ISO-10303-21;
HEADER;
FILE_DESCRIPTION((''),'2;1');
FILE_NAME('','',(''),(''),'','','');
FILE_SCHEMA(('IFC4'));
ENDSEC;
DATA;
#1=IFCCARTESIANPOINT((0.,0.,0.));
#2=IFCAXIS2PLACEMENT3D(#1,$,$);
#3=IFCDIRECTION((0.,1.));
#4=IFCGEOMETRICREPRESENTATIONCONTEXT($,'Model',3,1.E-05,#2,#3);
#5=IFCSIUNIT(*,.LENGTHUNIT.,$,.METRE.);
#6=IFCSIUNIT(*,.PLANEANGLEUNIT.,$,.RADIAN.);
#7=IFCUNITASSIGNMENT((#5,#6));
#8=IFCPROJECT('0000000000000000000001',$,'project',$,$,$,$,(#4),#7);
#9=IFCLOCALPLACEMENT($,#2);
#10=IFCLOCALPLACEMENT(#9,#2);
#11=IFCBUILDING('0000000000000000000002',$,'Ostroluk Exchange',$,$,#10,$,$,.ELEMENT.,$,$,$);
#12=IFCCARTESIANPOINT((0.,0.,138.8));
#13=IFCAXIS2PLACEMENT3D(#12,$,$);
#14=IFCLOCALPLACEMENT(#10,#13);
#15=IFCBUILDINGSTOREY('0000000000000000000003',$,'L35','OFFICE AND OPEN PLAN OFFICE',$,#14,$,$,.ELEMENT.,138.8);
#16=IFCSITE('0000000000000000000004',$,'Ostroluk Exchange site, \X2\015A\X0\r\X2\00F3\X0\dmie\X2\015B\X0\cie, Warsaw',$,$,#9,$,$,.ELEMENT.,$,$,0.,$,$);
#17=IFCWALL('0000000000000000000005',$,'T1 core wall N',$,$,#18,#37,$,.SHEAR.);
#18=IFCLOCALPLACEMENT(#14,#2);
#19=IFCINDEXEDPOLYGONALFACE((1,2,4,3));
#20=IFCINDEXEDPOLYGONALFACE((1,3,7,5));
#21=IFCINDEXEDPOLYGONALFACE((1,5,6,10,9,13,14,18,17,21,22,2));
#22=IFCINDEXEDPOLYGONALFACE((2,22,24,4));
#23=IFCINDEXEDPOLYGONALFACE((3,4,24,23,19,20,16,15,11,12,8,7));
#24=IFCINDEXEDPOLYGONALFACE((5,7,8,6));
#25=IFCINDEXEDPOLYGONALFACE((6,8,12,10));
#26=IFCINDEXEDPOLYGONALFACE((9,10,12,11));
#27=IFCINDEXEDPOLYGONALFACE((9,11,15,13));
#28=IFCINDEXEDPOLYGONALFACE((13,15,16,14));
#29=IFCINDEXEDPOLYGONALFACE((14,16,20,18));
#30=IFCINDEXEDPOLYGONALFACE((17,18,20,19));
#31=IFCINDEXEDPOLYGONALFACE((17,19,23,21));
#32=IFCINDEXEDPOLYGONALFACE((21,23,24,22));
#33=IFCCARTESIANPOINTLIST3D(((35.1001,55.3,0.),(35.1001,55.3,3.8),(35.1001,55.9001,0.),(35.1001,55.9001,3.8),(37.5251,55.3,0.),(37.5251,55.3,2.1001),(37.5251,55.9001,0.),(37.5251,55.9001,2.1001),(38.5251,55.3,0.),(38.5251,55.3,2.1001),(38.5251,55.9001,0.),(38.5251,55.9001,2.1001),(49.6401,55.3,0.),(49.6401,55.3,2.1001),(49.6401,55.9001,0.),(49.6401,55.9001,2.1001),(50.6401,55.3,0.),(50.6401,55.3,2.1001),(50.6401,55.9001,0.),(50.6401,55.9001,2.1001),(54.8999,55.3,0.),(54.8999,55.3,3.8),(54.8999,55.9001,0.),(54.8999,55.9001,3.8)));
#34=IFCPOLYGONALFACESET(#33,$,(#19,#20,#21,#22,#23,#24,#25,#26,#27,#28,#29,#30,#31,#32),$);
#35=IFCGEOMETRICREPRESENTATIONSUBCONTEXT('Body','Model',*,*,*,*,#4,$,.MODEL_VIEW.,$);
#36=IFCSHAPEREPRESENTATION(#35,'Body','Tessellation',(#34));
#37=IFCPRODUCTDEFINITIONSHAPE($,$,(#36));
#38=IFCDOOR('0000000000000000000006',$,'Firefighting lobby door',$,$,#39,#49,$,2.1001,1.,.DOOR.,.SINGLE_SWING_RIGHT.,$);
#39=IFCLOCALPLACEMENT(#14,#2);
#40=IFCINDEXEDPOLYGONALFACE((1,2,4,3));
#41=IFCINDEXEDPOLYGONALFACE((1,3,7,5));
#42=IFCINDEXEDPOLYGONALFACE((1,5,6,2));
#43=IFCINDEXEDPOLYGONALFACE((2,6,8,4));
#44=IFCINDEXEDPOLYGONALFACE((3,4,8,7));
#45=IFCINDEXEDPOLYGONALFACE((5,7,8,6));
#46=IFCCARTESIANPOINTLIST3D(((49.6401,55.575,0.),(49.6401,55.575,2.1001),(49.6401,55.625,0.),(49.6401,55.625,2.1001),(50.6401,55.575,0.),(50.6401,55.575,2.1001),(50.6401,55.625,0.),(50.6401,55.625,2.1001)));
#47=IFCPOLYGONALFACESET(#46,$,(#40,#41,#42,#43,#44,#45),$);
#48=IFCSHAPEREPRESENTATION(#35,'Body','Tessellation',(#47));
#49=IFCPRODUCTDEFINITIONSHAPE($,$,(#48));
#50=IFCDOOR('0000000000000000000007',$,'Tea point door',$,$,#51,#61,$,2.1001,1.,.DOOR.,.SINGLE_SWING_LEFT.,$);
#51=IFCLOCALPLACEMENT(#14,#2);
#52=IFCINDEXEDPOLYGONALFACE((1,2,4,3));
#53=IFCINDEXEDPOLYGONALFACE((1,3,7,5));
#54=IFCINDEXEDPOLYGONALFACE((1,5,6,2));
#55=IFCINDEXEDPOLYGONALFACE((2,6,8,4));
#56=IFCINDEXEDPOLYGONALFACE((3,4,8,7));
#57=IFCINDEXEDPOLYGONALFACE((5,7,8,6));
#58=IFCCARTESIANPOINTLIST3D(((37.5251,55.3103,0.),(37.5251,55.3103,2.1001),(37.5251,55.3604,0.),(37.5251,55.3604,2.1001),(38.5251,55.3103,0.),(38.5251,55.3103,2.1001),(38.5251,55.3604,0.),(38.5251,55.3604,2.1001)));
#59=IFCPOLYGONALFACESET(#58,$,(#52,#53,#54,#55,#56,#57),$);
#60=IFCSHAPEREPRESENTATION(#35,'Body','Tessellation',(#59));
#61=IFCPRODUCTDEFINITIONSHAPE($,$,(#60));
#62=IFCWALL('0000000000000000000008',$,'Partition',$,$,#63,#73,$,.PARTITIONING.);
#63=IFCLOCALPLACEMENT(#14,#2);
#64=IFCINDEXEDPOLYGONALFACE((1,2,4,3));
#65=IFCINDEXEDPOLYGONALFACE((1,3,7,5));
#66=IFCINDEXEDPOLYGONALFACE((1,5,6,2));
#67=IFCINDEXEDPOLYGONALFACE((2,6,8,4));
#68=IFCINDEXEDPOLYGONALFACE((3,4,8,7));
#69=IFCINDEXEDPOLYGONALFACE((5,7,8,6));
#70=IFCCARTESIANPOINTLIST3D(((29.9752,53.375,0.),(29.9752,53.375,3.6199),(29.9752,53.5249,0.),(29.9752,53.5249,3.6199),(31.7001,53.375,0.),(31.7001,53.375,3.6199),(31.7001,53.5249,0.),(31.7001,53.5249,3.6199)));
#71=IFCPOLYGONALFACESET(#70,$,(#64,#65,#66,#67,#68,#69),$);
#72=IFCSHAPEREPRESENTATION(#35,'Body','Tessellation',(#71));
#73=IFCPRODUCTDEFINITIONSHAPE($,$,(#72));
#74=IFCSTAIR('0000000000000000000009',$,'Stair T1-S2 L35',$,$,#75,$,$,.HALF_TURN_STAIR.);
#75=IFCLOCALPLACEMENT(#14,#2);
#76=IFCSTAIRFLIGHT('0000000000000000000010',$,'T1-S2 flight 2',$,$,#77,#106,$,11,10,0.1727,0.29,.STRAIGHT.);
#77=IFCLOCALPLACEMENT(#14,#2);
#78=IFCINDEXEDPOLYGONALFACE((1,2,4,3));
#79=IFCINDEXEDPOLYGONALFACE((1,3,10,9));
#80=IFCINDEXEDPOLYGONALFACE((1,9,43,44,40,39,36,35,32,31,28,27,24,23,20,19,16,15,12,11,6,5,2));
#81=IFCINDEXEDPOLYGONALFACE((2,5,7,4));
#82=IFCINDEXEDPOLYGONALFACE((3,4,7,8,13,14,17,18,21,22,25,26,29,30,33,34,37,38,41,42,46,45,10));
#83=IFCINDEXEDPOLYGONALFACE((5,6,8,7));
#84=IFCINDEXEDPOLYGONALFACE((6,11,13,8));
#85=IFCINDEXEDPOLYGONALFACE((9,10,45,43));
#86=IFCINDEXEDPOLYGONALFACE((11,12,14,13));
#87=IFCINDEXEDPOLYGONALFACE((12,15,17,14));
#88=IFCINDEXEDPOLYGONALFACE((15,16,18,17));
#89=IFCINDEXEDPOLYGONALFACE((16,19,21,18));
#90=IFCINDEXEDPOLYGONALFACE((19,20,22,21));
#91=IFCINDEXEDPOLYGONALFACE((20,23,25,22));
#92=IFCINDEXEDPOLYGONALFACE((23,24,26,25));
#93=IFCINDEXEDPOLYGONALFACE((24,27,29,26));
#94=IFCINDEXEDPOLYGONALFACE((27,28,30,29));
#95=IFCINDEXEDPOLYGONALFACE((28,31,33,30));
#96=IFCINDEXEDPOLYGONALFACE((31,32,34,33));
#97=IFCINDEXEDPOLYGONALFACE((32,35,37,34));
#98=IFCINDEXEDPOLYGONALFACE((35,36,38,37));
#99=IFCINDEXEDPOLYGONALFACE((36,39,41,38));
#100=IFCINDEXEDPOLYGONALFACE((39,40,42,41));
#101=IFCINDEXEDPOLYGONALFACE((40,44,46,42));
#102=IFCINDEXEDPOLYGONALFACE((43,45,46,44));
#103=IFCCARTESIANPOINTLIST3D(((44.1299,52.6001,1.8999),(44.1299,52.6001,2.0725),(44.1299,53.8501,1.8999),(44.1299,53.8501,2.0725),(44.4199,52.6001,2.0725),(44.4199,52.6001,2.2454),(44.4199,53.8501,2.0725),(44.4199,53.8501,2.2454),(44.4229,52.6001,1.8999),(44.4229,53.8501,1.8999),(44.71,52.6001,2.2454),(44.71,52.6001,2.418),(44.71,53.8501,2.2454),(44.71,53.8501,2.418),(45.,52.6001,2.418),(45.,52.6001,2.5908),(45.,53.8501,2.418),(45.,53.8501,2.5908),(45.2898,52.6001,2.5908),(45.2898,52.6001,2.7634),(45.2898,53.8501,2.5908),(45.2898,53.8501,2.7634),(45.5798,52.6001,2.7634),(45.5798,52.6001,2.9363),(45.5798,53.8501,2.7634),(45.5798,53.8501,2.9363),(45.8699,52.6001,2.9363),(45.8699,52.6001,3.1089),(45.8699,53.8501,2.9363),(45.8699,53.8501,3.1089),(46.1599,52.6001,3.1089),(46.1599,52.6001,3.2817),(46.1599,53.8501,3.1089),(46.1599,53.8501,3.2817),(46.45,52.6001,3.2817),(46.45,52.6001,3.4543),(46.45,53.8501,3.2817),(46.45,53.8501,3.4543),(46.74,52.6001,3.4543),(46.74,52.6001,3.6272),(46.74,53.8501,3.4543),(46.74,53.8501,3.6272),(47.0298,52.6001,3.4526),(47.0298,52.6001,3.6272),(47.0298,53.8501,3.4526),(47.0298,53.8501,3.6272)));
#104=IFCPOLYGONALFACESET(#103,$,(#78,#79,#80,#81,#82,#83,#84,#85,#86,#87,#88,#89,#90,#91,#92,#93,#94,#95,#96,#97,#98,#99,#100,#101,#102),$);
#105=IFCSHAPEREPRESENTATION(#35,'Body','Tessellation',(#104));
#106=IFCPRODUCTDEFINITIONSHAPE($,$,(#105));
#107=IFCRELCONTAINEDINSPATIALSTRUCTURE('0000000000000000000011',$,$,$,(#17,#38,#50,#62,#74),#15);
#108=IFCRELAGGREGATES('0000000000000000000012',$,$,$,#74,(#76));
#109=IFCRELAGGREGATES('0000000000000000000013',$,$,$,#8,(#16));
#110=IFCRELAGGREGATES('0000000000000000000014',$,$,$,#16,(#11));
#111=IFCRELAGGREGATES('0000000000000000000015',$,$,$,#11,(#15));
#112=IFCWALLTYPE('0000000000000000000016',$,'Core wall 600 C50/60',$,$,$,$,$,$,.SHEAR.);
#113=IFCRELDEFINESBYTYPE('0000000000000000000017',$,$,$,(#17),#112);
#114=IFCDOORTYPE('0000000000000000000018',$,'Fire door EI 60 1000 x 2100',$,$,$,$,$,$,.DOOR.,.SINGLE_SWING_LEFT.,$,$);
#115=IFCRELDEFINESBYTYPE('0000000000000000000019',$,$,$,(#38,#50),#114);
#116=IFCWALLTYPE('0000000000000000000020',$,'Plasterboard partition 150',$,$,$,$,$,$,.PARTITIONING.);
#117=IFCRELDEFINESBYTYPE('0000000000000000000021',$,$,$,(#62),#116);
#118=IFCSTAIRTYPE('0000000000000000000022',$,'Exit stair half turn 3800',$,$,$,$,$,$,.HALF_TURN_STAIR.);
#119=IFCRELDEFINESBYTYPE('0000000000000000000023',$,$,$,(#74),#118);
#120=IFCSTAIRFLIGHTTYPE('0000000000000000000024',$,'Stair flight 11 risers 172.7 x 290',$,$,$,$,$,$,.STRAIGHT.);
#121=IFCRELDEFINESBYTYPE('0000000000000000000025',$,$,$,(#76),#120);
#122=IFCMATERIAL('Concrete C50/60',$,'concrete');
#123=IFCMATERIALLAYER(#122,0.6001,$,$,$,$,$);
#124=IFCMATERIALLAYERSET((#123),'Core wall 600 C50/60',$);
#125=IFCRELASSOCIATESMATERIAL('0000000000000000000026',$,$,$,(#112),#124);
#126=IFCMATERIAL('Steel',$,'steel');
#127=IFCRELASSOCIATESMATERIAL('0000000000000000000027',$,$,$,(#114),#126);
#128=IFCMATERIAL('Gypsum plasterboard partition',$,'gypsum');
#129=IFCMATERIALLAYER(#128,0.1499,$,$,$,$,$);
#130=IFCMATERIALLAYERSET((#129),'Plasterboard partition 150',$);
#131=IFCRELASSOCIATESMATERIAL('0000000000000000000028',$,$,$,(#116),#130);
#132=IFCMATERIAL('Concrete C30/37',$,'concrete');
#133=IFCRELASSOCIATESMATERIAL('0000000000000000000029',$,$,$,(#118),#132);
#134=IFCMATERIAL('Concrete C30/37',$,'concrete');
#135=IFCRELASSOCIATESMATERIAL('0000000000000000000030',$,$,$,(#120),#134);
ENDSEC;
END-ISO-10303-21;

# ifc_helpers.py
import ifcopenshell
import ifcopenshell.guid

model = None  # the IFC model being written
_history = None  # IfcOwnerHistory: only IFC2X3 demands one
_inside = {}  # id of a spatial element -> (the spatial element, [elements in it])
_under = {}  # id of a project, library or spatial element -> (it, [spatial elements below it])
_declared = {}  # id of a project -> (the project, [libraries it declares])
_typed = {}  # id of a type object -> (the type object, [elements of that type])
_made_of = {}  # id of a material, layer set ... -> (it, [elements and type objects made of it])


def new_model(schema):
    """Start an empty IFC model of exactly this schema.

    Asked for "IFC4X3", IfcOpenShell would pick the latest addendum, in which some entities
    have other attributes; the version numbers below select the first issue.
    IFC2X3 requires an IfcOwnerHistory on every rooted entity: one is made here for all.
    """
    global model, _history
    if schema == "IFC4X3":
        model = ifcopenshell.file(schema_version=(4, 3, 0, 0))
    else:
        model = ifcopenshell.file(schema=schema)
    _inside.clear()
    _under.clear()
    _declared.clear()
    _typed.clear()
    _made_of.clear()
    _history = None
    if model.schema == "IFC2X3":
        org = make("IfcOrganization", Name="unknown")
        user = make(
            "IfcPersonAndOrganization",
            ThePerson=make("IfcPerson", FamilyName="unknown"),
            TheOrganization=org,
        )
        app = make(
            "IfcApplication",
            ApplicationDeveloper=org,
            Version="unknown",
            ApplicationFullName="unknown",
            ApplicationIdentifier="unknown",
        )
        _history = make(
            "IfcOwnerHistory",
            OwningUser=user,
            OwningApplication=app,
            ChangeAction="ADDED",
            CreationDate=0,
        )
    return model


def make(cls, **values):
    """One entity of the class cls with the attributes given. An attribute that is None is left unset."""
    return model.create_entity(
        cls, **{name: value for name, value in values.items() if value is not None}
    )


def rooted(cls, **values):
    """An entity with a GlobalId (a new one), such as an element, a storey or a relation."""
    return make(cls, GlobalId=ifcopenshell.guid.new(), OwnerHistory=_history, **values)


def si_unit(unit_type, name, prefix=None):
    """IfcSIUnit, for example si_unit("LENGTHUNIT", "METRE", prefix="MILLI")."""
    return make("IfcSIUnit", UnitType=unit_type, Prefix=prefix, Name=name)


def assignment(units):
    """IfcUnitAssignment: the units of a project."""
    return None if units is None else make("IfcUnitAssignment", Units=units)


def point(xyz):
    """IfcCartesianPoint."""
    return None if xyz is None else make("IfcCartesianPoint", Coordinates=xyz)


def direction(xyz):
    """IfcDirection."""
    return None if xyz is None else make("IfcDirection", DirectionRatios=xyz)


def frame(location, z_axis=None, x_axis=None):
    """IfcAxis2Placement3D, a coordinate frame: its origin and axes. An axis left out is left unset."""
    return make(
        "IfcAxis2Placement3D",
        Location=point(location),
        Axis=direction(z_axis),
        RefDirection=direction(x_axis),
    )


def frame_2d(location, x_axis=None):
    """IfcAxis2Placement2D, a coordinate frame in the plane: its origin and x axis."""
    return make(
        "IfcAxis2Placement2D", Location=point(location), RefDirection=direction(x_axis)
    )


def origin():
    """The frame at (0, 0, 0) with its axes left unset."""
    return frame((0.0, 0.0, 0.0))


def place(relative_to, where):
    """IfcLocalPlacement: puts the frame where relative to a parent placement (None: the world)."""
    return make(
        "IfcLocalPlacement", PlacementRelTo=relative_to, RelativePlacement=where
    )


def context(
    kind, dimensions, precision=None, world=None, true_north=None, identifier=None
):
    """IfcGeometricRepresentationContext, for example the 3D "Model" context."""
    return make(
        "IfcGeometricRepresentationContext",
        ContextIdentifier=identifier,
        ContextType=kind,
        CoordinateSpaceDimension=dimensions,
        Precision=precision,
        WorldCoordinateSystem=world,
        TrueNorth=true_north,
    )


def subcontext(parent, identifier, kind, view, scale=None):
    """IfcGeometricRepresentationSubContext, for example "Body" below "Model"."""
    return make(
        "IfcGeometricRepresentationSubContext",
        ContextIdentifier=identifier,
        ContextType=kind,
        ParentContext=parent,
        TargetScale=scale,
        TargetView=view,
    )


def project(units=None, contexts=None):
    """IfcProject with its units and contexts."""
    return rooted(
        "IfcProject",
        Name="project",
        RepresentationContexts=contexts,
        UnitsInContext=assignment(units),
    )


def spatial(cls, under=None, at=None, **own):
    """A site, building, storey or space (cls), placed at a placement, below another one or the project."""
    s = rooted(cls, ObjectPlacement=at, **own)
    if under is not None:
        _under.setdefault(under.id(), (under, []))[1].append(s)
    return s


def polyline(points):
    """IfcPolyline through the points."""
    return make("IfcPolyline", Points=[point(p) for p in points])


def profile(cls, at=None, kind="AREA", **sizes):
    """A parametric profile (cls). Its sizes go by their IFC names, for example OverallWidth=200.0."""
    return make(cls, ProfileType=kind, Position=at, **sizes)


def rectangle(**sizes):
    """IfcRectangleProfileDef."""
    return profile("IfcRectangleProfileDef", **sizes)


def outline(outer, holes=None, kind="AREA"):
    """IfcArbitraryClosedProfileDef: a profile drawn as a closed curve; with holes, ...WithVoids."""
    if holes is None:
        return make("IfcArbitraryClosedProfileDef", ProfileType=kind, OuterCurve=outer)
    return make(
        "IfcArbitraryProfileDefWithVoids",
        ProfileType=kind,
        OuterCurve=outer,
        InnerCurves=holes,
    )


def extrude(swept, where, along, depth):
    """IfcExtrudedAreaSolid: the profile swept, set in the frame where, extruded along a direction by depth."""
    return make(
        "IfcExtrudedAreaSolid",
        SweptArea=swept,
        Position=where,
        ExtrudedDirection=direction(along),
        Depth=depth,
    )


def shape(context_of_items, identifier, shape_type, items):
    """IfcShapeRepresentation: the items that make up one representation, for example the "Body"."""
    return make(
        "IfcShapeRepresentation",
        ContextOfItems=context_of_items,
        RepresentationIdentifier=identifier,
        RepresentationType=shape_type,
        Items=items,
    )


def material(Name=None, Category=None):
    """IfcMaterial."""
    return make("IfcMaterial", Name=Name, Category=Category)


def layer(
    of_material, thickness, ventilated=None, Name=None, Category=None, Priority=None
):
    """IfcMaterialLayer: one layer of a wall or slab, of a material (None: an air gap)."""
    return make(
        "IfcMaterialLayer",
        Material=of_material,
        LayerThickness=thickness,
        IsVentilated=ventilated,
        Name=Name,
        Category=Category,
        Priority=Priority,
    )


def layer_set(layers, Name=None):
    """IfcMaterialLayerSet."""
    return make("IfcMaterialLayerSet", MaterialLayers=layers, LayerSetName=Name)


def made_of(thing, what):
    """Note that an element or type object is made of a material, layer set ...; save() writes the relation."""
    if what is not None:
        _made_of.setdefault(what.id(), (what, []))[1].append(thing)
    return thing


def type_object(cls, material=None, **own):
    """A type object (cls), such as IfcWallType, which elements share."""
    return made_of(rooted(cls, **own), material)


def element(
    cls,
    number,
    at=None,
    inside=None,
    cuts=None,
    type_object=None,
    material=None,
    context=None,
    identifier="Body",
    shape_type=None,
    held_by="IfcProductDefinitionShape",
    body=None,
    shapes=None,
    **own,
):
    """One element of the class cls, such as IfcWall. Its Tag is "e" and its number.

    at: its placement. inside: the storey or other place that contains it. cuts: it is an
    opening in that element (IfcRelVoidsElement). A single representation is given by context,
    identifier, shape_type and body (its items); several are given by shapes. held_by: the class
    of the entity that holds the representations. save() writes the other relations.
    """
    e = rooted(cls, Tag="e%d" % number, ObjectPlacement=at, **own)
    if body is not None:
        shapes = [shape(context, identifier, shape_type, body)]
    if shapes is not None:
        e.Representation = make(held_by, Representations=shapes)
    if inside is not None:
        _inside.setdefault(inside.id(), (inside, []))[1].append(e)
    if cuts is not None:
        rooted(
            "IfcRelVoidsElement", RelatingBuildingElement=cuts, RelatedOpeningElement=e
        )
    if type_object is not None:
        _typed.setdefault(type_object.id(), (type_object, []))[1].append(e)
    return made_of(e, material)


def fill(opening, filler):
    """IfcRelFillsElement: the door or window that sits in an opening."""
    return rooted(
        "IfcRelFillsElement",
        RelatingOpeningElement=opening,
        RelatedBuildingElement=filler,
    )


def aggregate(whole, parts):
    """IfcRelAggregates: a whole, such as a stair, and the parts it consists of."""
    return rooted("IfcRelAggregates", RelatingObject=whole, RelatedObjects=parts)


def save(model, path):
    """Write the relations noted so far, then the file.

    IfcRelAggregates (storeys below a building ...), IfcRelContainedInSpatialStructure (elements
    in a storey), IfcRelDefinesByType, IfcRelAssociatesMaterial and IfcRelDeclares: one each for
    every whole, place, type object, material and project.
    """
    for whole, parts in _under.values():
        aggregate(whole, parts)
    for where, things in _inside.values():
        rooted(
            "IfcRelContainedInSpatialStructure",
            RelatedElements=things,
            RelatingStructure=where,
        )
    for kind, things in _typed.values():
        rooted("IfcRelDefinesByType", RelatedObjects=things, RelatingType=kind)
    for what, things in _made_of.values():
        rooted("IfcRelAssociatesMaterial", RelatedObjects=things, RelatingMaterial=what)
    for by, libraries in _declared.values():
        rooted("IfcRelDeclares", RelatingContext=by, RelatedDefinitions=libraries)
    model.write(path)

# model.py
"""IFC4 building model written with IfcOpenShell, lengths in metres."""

from ifc_helpers import new_model, si_unit, direction, frame, frame_2d, origin, place, context, subcontext, project, spatial, polyline, rectangle, outline, extrude, material, layer, layer_set, type_object, element, fill, aggregate, save


model = new_model("IFC4")

# Units and contexts
model_context = context("Model", 3, precision=1e-05, world=origin(), true_north=direction((0.0, 1.0)))
body_context = subcontext(model_context, "Body", "Model", "MODEL_VIEW")
ifc_project = project(units=[si_unit("LENGTHUNIT", "METRE"), si_unit("PLANEANGLEUNIT", "RADIAN")], contexts=[model_context])

# Site, building, storey
site_placement = place(None, origin())
site = spatial("IfcSite", under=ifc_project, at=site_placement, Name="Ostroluk Exchange site, Śródmieście, Warsaw", CompositionType="ELEMENT", RefElevation=0.0)
building_placement = place(site_placement, origin())
building = spatial("IfcBuilding", under=site, at=building_placement, Name="Ostroluk Exchange", CompositionType="ELEMENT")
storey_placement = place(building_placement, frame((0.0, 0.0, 138.8)))
storey = spatial("IfcBuildingStorey", under=building, at=storey_placement, Name="L35", Description="OFFICE AND OPEN PLAN OFFICE", CompositionType="ELEMENT", Elevation=138.8)

# Wall, openings, doors
ifc_material_1 = material(Name="Concrete C50/60", Category="concrete")
ifc_layer_1 = layer(ifc_material_1, 0.6001)
ifc_layer_set_1 = layer_set([ifc_layer_1], Name="Core wall 600 C50/60")
wall_type_1 = type_object("IfcWallType", Name="Core wall 600 C50/60", PredefinedType="SHEAR", material=ifc_layer_set_1)
wall_1_placement = place(storey_placement, frame((35.1001, 55.6001, 0.0), z_axis=(0.0, 0.0, 1.0), x_axis=(1.0, 0.0, 0.0)))
wall_1 = element("IfcWall", 1, at=wall_1_placement, inside=storey, type_object=wall_type_1, Name="T1 core wall N", PredefinedType="SHEAR", context=body_context, shape_type="SweptSolid", body=[
    extrude(rectangle(XDim=19.7998, YDim=0.6001, at=frame_2d((9.8999, 0.0))), origin(), (0.0, 0.0, 1.0), 3.8),
])
opening_1_placement = place(wall_1_placement, frame((14.54, 0.0, 0.0)))
opening_1 = element("IfcOpeningElement", 2, at=opening_1_placement, cuts=wall_1, PredefinedType="OPENING", context=body_context, shape_type="SweptSolid", body=[
    extrude(rectangle(XDim=1.0, YDim=2.1001, at=frame_2d((0.5, 1.05))), frame((0.0, 0.3101, 0.0), z_axis=(0.0, -1.0, 0.0), x_axis=(1.0, 0.0, 0.0)), (0.0, 0.0, 1.0), 0.6201),
])
opening_2_placement = place(wall_1_placement, frame((2.425, 0.0, 0.0)))
opening_2 = element("IfcOpeningElement", 3, at=opening_2_placement, cuts=wall_1, PredefinedType="OPENING", context=body_context, shape_type="SweptSolid", body=[
    extrude(rectangle(XDim=1.0, YDim=2.1001, at=frame_2d((0.5, 1.05))), frame((0.0, 0.3101, 0.0), z_axis=(0.0, -1.0, 0.0), x_axis=(1.0, 0.0, 0.0)), (0.0, 0.0, 1.0), 0.6201),
])
ifc_material_2 = material(Name="Steel", Category="steel")
door_type_1 = type_object("IfcDoorType", Name="Fire door EI 60 1000 x 2100", OperationType="SINGLE_SWING_LEFT", PredefinedType="DOOR", material=ifc_material_2)
door_1_placement = place(opening_1_placement, origin())
door_1 = element("IfcDoor", 4, at=door_1_placement, inside=storey, type_object=door_type_1, Name="Firefighting lobby door", OperationType="SINGLE_SWING_RIGHT", OverallHeight=2.1001, OverallWidth=1.0, PredefinedType="DOOR", context=body_context, shape_type="SweptSolid", body=[
    extrude(rectangle(XDim=1.0, YDim=2.1001, at=frame_2d((0.5, 1.05))), frame((0.0, 0.0249, 0.0), z_axis=(0.0, -1.0, 0.0), x_axis=(1.0, 0.0, 0.0)), (0.0, 0.0, 1.0), 0.05),
])
fill(opening_1, door_1)
door_2_placement = place(opening_2_placement, origin())
door_2 = element("IfcDoor", 5, at=door_2_placement, inside=storey, type_object=door_type_1, Name="Tea point door", OperationType="SINGLE_SWING_LEFT", OverallHeight=2.1001, OverallWidth=1.0, PredefinedType="DOOR", context=body_context, shape_type="SweptSolid", body=[
    extrude(rectangle(XDim=1.0, YDim=2.1001, at=frame_2d((0.5, 1.05))), frame((0.0, -0.2397, 0.0), z_axis=(0.0, -1.0, 0.0), x_axis=(1.0, 0.0, 0.0)), (0.0, 0.0, 1.0), 0.05),
])
fill(opening_2, door_2)

# Wall
ifc_material_3 = material(Name="Gypsum plasterboard partition", Category="gypsum")
ifc_layer_2 = layer(ifc_material_3, 0.1499)
ifc_layer_set_2 = layer_set([ifc_layer_2], Name="Plasterboard partition 150")
wall_type_2 = type_object("IfcWallType", Name="Plasterboard partition 150", PredefinedType="PARTITIONING", material=ifc_layer_set_2)
wall_2_placement = place(storey_placement, frame((31.7, 53.45, 0.0), z_axis=(0.0, 0.0, 1.0), x_axis=(-1.0, 0.0, 0.0)))
element("IfcWall", 6, at=wall_2_placement, inside=storey, type_object=wall_type_2, Name="Partition", PredefinedType="PARTITIONING", context=body_context, shape_type="SweptSolid", body=[
    extrude(rectangle(XDim=1.7249, YDim=0.1499, at=frame_2d((0.8623, 0.0))), origin(), (0.0, 0.0, 1.0), 3.6199),
])

# Stair, stair flight
ifc_material_4 = material(Name="Concrete C30/37", Category="concrete")
stair_type = type_object("IfcStairType", Name="Exit stair half turn 3800", PredefinedType="HALF_TURN_STAIR", material=ifc_material_4)
stair_placement = place(storey_placement, origin())
stair = element("IfcStair", 7, at=stair_placement, inside=storey, type_object=stair_type, Name="Stair T1-S2 L35", PredefinedType="HALF_TURN_STAIR")
ifc_material_5 = material(Name="Concrete C30/37", Category="concrete")
stair_flight_type = type_object("IfcStairFlightType", Name="Stair flight 11 risers 172.7 x 290", PredefinedType="STRAIGHT", material=ifc_material_5)
stair_flight_placement = place(storey_placement, frame((44.1299, 53.2251, 1.8999), z_axis=(0.0, 0.0, 1.0), x_axis=(1.0, 0.0, 0.0)))
stair_flight = element("IfcStairFlight", 8, at=stair_flight_placement, type_object=stair_flight_type, Name="T1-S2 flight 2", NumberOfRisers=11, NumberOfTreads=10, PredefinedType="STRAIGHT", RiserHeight=0.1727, TreadLength=0.29, context=body_context, shape_type="SweptSolid", body=[
    extrude(outline(polyline([(0.0, 0.0), (0.0, 0.1726), (0.29, 0.1726), (0.29, 0.3455), (0.5801, 0.3455), (0.5801, 0.5181), (0.8701, 0.5181), (0.8701, 0.6909), (1.1599, 0.6909), (1.1599, 0.8635), (1.45, 0.8635), (1.45, 1.0364), (1.74, 1.0364), (1.74, 1.209), (2.03, 1.209), (2.03, 1.3818), (2.3201, 1.3818), (2.3201, 1.5544), (2.6101, 1.5544), (2.6101, 1.7273), (2.8999, 1.7273), (2.8999, 1.8999), (2.8999, 1.5527), (0.293, 0.0), (0.0, 0.0)])), frame((0.0, 0.625, 0.0), z_axis=(0.0, -1.0, 0.0), x_axis=(1.0, 0.0, 0.0)), (0.0, 0.0, 1.0), 1.25),
])
aggregate(stair, [stair_flight])

save(model, "model.ifc")
